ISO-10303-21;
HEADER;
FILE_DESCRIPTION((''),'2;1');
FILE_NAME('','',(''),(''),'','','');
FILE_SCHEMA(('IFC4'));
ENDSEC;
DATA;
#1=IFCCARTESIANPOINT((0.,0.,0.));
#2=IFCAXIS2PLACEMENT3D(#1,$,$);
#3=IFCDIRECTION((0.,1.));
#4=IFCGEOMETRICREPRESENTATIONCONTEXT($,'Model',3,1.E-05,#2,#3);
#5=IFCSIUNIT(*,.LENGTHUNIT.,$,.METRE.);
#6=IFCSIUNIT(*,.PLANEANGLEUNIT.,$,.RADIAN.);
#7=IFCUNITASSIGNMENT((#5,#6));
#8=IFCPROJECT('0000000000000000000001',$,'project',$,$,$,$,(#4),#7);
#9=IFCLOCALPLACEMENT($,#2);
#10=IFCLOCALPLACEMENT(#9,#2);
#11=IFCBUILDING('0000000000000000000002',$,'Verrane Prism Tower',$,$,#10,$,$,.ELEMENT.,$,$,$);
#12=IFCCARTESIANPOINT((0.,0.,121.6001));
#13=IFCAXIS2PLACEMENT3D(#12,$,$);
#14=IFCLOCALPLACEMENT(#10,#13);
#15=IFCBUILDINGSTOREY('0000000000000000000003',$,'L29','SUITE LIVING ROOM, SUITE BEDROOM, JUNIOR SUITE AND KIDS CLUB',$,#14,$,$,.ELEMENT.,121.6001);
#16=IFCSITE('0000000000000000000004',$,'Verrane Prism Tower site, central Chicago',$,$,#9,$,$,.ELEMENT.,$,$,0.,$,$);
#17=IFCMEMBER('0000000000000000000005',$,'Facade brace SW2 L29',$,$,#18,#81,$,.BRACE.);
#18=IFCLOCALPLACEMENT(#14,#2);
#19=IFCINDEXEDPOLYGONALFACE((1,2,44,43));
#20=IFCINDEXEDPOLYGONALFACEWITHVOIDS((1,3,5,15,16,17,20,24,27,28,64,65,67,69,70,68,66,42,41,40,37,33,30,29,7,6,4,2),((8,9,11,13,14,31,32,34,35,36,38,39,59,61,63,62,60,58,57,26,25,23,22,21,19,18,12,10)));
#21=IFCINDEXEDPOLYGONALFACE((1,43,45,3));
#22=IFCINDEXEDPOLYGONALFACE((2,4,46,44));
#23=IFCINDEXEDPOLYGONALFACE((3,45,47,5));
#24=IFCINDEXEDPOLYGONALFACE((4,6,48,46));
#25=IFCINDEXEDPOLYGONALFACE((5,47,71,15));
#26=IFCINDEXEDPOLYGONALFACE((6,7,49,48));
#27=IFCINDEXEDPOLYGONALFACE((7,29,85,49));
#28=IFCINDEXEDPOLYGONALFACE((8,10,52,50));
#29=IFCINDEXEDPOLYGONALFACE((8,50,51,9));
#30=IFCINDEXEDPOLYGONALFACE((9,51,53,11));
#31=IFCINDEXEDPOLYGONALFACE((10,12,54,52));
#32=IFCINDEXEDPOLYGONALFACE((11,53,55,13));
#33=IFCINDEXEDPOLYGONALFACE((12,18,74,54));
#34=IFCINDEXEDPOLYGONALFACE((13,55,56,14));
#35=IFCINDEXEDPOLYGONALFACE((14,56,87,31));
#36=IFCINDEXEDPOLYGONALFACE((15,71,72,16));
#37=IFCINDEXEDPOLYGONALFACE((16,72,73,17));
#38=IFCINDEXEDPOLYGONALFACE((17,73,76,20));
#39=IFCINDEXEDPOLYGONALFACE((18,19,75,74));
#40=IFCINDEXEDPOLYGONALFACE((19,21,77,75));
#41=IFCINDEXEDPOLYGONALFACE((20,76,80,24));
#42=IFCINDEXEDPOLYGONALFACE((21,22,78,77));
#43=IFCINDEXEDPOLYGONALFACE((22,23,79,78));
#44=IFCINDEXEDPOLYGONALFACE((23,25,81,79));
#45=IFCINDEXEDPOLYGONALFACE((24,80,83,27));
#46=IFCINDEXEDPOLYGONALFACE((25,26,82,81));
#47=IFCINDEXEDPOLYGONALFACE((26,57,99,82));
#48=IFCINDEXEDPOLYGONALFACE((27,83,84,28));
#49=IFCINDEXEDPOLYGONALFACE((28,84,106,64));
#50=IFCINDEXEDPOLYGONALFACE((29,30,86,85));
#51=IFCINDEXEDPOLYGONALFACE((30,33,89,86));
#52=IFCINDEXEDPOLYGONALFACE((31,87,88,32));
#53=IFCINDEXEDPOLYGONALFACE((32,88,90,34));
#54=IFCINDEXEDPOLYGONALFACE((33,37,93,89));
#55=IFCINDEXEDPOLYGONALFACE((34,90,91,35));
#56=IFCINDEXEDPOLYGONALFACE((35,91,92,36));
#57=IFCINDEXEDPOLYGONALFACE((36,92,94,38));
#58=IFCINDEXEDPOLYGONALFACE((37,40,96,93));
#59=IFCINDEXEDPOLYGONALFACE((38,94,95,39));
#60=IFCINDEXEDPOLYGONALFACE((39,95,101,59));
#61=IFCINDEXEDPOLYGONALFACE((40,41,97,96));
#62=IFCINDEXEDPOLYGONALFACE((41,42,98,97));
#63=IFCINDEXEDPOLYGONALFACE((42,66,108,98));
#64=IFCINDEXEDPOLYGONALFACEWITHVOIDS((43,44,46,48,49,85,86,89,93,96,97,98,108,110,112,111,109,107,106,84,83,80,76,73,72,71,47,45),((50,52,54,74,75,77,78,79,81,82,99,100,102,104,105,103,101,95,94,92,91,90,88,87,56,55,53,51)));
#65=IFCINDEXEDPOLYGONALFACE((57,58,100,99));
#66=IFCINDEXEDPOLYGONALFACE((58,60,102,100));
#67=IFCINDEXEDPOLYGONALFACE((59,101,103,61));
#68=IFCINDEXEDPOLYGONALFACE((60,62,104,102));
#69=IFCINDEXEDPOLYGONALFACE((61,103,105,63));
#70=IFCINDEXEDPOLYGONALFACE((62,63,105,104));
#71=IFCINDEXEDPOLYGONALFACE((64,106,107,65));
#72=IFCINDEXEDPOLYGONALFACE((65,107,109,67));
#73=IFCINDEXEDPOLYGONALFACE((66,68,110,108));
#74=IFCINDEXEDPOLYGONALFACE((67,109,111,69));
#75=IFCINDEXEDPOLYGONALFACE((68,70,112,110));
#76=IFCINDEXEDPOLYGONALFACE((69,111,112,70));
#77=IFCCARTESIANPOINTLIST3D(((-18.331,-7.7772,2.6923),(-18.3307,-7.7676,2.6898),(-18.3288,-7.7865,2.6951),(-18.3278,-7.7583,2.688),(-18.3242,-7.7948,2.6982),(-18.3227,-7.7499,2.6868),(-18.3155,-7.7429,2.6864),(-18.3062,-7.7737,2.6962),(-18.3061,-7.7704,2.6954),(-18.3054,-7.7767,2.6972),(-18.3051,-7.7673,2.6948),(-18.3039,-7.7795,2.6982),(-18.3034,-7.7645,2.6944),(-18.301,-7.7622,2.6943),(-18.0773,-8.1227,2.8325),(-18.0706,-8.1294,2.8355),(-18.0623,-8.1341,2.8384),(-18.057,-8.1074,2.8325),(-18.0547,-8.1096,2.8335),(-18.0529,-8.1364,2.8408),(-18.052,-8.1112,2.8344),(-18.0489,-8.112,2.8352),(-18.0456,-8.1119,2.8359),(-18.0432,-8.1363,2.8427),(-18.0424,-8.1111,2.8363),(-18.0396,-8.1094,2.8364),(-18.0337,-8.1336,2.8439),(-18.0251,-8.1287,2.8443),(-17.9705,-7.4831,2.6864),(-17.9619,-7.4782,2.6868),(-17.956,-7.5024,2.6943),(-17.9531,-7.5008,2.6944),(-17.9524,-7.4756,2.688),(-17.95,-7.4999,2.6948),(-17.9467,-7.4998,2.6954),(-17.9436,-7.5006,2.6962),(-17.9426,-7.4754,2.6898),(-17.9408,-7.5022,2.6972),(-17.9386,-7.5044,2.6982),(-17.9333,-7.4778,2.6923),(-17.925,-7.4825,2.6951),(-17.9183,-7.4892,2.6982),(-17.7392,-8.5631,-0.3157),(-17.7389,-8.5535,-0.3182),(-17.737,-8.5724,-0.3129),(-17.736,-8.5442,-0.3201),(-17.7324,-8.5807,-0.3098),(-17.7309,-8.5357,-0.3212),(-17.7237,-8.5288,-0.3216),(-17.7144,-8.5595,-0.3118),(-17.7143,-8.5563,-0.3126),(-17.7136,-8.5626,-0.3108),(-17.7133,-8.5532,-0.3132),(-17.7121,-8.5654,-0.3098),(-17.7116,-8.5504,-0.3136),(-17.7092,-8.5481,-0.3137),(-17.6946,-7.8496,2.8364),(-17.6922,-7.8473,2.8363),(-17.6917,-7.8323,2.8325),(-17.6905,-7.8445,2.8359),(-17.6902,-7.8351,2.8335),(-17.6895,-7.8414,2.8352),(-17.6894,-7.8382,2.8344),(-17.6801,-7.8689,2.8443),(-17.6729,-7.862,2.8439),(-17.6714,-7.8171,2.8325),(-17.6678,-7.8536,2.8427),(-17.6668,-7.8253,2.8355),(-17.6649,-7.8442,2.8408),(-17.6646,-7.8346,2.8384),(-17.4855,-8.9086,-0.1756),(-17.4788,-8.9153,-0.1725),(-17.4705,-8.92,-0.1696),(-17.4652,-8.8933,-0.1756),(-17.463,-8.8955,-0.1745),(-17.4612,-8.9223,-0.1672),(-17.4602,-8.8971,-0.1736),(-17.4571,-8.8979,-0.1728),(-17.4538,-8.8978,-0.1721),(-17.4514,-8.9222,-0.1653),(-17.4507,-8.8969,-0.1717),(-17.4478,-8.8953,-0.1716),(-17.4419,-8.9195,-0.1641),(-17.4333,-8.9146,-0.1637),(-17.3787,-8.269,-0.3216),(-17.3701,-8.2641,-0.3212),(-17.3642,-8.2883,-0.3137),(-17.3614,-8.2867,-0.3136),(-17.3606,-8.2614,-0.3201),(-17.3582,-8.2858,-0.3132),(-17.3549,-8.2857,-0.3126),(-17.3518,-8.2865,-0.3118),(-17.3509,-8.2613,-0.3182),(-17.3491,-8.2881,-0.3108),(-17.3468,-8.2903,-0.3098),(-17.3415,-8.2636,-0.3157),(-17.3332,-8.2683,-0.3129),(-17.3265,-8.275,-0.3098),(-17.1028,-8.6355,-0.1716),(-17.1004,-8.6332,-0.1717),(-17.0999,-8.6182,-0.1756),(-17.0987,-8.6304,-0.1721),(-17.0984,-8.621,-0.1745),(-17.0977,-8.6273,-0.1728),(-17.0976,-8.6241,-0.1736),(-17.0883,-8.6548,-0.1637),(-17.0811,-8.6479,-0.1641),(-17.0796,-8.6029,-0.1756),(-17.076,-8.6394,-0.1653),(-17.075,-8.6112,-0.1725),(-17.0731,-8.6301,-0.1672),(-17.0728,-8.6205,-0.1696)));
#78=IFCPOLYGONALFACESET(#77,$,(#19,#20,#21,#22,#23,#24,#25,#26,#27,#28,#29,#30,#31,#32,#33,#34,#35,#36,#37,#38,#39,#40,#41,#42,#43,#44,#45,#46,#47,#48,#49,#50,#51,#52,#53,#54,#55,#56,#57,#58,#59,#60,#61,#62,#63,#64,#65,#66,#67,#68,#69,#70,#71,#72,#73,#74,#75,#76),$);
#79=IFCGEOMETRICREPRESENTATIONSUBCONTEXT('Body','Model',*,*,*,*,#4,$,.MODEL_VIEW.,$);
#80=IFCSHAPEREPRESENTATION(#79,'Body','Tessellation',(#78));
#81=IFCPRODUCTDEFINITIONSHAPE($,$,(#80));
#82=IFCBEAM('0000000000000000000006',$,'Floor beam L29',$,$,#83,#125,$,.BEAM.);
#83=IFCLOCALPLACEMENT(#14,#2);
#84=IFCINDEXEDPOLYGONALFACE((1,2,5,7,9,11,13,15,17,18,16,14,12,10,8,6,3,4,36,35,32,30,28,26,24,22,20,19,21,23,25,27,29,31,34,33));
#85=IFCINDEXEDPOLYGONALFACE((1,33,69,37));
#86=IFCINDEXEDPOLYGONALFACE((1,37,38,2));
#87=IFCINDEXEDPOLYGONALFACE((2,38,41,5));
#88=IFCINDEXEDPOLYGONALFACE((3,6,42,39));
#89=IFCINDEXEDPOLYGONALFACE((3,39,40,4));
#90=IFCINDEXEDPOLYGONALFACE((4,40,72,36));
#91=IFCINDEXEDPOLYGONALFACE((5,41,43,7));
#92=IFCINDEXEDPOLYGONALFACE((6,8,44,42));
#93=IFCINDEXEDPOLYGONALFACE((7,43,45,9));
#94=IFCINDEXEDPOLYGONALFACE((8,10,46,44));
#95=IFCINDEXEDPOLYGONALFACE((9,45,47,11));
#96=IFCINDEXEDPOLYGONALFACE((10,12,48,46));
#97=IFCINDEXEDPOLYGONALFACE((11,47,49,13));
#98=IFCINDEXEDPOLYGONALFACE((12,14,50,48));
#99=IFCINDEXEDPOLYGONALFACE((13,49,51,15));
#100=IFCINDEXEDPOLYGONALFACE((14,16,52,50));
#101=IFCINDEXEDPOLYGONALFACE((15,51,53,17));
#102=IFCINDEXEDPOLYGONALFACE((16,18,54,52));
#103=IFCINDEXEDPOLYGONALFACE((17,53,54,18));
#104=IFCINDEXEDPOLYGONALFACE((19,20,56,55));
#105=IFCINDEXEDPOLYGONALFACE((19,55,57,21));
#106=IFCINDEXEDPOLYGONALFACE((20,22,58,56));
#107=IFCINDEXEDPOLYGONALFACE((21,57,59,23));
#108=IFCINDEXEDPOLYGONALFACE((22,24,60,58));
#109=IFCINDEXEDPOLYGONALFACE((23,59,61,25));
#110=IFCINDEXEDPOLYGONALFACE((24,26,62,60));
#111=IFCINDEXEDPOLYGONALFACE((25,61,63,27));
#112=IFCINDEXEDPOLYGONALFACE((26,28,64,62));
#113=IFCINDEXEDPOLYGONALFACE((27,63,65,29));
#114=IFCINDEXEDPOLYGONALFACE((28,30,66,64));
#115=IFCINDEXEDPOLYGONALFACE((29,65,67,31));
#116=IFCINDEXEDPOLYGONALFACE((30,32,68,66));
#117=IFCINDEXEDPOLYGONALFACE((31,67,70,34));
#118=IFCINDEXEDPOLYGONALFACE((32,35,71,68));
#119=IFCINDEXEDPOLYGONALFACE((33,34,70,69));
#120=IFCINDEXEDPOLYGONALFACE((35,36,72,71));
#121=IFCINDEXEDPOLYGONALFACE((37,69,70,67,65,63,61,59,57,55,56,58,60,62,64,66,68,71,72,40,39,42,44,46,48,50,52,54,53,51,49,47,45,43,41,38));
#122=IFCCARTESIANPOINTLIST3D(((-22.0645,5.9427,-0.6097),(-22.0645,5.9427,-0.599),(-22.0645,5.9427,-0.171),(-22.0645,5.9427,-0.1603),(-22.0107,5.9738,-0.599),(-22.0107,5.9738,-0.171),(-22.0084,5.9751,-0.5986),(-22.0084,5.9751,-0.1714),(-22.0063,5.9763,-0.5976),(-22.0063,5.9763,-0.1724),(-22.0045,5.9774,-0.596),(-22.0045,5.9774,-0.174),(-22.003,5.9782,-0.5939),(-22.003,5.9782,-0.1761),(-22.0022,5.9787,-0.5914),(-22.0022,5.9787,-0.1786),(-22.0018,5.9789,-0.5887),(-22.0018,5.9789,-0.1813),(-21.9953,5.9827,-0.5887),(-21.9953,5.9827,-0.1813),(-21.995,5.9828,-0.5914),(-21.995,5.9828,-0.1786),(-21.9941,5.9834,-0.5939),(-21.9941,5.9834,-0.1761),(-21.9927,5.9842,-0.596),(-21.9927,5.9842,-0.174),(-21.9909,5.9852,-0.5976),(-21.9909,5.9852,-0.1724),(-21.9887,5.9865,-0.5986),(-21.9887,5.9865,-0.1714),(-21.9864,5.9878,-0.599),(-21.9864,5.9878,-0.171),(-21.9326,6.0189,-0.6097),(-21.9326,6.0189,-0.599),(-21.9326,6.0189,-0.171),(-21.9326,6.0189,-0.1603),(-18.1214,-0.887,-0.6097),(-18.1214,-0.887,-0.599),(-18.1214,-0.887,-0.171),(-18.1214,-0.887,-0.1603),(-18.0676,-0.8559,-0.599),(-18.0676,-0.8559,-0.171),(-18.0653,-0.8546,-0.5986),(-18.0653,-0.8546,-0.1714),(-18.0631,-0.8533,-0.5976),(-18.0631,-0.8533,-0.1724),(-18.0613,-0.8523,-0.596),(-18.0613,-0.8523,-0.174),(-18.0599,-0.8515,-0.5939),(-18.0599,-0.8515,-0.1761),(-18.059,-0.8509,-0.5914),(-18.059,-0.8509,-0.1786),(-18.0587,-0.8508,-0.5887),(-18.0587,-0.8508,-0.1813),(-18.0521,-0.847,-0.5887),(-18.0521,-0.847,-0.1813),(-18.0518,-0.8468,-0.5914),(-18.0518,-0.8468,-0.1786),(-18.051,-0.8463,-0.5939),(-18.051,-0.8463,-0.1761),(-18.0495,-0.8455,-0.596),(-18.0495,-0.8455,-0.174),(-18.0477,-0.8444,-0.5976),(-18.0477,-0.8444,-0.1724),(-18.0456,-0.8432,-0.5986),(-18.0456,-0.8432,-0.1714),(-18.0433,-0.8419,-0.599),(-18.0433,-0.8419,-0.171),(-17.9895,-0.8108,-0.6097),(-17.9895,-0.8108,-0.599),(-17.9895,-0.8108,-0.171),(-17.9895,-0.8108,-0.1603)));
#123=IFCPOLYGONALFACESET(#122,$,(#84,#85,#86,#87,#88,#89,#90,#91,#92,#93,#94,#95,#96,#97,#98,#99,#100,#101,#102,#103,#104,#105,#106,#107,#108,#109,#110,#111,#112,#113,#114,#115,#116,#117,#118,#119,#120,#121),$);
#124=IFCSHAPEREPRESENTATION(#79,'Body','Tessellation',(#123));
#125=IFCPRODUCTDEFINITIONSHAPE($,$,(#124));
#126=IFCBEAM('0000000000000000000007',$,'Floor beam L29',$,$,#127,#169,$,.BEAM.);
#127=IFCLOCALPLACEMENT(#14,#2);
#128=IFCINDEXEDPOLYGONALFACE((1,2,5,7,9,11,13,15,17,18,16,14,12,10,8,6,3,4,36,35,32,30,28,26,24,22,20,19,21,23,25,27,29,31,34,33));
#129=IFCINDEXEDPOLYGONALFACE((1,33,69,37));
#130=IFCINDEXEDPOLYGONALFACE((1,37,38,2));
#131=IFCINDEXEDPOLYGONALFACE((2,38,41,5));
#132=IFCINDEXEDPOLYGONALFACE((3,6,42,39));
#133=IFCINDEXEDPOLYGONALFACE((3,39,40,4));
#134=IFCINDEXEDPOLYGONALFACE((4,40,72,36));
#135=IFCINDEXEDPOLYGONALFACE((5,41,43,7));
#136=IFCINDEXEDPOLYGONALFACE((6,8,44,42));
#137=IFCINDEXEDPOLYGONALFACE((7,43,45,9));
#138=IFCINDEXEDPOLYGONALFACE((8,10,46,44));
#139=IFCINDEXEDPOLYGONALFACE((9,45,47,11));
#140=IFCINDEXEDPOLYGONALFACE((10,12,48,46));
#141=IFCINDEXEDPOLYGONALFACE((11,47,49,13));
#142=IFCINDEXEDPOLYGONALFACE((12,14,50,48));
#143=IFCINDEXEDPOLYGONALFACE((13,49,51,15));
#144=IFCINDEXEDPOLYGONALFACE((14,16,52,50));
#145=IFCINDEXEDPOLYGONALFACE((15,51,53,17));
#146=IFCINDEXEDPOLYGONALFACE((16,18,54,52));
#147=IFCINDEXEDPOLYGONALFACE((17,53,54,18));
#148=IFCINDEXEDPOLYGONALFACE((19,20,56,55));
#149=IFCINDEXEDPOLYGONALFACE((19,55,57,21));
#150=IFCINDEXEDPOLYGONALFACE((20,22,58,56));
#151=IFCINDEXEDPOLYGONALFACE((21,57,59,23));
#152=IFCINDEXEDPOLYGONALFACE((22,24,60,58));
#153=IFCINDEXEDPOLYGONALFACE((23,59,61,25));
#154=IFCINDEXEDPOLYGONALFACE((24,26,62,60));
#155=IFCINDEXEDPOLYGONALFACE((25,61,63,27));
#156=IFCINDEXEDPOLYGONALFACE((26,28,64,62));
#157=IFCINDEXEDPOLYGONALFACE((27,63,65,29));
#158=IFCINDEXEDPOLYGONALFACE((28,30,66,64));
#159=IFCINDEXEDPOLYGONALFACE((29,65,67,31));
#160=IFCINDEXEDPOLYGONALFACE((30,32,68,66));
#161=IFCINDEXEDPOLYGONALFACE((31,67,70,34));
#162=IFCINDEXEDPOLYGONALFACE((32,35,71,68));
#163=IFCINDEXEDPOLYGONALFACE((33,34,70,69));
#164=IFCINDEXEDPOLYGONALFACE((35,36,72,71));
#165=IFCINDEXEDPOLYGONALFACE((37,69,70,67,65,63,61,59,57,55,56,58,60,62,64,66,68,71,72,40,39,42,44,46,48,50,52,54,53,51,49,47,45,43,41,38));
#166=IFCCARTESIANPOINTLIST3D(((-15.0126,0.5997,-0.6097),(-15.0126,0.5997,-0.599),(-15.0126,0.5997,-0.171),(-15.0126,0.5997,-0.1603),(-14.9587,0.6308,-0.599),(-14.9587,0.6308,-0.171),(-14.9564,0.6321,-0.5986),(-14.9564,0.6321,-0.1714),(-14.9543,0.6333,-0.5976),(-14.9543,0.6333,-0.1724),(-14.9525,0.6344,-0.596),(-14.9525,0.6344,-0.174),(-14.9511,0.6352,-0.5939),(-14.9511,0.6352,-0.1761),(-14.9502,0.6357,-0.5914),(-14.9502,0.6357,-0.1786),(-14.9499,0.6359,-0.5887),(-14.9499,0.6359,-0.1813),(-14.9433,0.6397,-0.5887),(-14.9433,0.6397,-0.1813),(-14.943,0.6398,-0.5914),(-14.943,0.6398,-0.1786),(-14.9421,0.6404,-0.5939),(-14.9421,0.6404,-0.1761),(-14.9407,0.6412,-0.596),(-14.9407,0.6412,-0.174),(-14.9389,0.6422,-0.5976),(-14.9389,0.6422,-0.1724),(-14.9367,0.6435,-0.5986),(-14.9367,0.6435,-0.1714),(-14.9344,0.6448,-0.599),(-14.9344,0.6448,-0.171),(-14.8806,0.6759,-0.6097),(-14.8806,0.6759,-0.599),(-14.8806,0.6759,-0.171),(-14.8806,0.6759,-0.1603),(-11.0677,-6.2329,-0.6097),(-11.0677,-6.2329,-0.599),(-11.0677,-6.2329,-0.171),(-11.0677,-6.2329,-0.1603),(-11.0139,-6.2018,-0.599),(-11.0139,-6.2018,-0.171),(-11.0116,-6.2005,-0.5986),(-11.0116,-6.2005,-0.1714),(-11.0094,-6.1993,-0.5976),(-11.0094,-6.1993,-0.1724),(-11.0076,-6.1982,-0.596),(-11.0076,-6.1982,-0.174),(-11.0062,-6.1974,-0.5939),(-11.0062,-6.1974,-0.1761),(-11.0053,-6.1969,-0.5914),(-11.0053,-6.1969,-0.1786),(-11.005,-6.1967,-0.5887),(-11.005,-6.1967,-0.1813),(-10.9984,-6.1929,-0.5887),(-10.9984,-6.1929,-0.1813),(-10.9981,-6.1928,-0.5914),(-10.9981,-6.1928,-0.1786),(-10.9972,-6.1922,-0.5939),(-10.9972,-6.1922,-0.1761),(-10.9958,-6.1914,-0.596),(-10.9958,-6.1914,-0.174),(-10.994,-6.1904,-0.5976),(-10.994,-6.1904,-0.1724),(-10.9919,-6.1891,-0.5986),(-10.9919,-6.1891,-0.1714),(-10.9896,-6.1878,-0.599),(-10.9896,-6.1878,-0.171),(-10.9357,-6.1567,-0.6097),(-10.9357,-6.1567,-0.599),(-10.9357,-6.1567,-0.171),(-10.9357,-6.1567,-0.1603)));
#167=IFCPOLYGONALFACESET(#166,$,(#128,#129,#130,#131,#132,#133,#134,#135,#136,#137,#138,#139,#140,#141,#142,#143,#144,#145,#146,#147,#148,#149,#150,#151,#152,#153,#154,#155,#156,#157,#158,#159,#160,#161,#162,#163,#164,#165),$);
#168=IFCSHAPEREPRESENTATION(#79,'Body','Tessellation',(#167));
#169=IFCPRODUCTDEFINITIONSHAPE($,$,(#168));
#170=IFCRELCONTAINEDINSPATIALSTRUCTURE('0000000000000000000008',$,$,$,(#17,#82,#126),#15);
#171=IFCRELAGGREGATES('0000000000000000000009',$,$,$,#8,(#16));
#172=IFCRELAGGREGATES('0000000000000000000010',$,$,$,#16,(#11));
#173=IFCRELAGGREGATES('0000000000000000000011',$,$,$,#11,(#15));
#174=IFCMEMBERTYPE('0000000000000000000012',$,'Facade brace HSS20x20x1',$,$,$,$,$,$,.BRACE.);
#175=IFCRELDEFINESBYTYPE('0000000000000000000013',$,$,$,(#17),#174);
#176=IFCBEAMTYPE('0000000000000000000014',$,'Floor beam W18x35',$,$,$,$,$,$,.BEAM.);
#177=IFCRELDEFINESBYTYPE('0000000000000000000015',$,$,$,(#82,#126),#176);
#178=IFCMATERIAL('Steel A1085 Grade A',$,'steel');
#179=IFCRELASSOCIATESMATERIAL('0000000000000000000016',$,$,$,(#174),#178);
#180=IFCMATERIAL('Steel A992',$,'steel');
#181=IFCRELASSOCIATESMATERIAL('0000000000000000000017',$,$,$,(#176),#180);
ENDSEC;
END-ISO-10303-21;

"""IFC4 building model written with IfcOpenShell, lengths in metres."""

from ifc_helpers import new_model, si_unit, direction, frame, origin, origin_2d, place, context, subcontext, project, spatial, hollow_rectangle, i_section, extrude, material, material_profile, profile_set, type_object, element, save


model = new_model("IFC4")

# Units and contexts
model_context = context("Model", 3, precision=1e-05, world=origin(), true_north=direction((0.0, 1.0)))
body_context = subcontext(model_context, "Body", "Model", "MODEL_VIEW")
ifc_project = project(units=[si_unit("LENGTHUNIT", "METRE"), si_unit("PLANEANGLEUNIT", "RADIAN")], contexts=[model_context])

# Site, building, storey
site_placement = place(None, origin())
site = spatial("IfcSite", under=ifc_project, at=site_placement, Name="Verrane Prism Tower site, central Chicago", CompositionType="ELEMENT", RefElevation=0.0)
building_placement = place(site_placement, origin())
building = spatial("IfcBuilding", under=site, at=building_placement, Name="Verrane Prism Tower", CompositionType="ELEMENT")
storey_placement = place(building_placement, frame((0.0, 0.0, 121.6001)))
storey = spatial("IfcBuildingStorey", under=building, at=storey_placement, Name="L29", Description="SUITE LIVING ROOM, SUITE BEDROOM, JUNIOR SUITE AND KIDS CLUB", CompositionType="ELEMENT", Elevation=121.6001)

# Member
ifc_material_1 = material(Name="Steel A1085 Grade A", Category="steel")
ifc_material_profile_1 = material_profile(ifc_material_1, hollow_rectangle(XDim=0.5081, YDim=0.5081, WallThickness=0.0254, InnerFilletRadius=0.0127, OuterFilletRadius=0.0381, at=origin_2d()), Name="HSS20x20x1")
ifc_profile_set_1 = profile_set([ifc_material_profile_1], Name="Steel A1085 Grade A")
member_type_1 = type_object("IfcMemberType", Name="Facade brace HSS20x20x1", PredefinedType="BRACE", material=ifc_profile_set_1)
member_1_placement = place(storey_placement, frame((-17.406, -8.5918, -0.2427), z_axis=(-0.186991, 0.248318, 0.950459), x_axis=(-0.798837, -0.601547, 0.0)))
element("IfcMember", 1, at=member_1_placement, inside=storey, type_object=member_type_1, Name="Facade brace SW2 L29", PredefinedType="BRACE", context=body_context, shape_type="SweptSolid", body=[
    extrude(hollow_rectangle(XDim=0.5081, YDim=0.5081, WallThickness=0.0254, InnerFilletRadius=0.0127, OuterFilletRadius=0.0381, at=origin_2d()), origin(), (0.0, 0.0, 1.0), 3.1648),
])

# Beams
ifc_material_2 = material(Name="Steel A992", Category="steel")
ifc_material_profile_2 = material_profile(ifc_material_2, i_section(OverallWidth=0.1523, OverallDepth=0.4495, WebThickness=0.0076, FlangeThickness=0.0107, FilletRadius=0.0103, at=origin_2d()), Name="W18x35")
ifc_profile_set_2 = profile_set([ifc_material_profile_2], Name="Steel A992")
beam_type_1 = type_object("IfcBeamType", Name="Floor beam W18x35", PredefinedType="BEAM", material=ifc_profile_set_2)
beam_1_placement = place(storey_placement, frame((-18.0554, -0.8489, -0.385), z_axis=(-0.500005, 0.866023, 0.0), x_axis=(-0.866023, -0.500005, 0.0)))
element("IfcBeam", 2, at=beam_1_placement, inside=storey, type_object=beam_type_1, Name="Floor beam L29", PredefinedType="BEAM", context=body_context, shape_type="SweptSolid", body=[
    extrude(i_section(OverallWidth=0.1523, OverallDepth=0.4495, WebThickness=0.0076, FlangeThickness=0.0107, FilletRadius=0.0103, at=origin_2d()), origin(), (0.0, 0.0, 1.0), 7.8862),
])
beam_2_placement = place(storey_placement, frame((-11.0017, -6.1948, -0.385), z_axis=(-0.500006, 0.866022, 0.0), x_axis=(-0.866022, -0.500006, 0.0)))
element("IfcBeam", 3, at=beam_2_placement, inside=storey, type_object=beam_type_1, Name="Floor beam L29", PredefinedType="BEAM", context=body_context, shape_type="SweptSolid", body=[
    extrude(i_section(OverallWidth=0.1523, OverallDepth=0.4495, WebThickness=0.0076, FlangeThickness=0.0107, FilletRadius=0.0103, at=origin_2d()), origin(), (0.0, 0.0, 1.0), 7.8896),
])

save(model, "model.ifc")
